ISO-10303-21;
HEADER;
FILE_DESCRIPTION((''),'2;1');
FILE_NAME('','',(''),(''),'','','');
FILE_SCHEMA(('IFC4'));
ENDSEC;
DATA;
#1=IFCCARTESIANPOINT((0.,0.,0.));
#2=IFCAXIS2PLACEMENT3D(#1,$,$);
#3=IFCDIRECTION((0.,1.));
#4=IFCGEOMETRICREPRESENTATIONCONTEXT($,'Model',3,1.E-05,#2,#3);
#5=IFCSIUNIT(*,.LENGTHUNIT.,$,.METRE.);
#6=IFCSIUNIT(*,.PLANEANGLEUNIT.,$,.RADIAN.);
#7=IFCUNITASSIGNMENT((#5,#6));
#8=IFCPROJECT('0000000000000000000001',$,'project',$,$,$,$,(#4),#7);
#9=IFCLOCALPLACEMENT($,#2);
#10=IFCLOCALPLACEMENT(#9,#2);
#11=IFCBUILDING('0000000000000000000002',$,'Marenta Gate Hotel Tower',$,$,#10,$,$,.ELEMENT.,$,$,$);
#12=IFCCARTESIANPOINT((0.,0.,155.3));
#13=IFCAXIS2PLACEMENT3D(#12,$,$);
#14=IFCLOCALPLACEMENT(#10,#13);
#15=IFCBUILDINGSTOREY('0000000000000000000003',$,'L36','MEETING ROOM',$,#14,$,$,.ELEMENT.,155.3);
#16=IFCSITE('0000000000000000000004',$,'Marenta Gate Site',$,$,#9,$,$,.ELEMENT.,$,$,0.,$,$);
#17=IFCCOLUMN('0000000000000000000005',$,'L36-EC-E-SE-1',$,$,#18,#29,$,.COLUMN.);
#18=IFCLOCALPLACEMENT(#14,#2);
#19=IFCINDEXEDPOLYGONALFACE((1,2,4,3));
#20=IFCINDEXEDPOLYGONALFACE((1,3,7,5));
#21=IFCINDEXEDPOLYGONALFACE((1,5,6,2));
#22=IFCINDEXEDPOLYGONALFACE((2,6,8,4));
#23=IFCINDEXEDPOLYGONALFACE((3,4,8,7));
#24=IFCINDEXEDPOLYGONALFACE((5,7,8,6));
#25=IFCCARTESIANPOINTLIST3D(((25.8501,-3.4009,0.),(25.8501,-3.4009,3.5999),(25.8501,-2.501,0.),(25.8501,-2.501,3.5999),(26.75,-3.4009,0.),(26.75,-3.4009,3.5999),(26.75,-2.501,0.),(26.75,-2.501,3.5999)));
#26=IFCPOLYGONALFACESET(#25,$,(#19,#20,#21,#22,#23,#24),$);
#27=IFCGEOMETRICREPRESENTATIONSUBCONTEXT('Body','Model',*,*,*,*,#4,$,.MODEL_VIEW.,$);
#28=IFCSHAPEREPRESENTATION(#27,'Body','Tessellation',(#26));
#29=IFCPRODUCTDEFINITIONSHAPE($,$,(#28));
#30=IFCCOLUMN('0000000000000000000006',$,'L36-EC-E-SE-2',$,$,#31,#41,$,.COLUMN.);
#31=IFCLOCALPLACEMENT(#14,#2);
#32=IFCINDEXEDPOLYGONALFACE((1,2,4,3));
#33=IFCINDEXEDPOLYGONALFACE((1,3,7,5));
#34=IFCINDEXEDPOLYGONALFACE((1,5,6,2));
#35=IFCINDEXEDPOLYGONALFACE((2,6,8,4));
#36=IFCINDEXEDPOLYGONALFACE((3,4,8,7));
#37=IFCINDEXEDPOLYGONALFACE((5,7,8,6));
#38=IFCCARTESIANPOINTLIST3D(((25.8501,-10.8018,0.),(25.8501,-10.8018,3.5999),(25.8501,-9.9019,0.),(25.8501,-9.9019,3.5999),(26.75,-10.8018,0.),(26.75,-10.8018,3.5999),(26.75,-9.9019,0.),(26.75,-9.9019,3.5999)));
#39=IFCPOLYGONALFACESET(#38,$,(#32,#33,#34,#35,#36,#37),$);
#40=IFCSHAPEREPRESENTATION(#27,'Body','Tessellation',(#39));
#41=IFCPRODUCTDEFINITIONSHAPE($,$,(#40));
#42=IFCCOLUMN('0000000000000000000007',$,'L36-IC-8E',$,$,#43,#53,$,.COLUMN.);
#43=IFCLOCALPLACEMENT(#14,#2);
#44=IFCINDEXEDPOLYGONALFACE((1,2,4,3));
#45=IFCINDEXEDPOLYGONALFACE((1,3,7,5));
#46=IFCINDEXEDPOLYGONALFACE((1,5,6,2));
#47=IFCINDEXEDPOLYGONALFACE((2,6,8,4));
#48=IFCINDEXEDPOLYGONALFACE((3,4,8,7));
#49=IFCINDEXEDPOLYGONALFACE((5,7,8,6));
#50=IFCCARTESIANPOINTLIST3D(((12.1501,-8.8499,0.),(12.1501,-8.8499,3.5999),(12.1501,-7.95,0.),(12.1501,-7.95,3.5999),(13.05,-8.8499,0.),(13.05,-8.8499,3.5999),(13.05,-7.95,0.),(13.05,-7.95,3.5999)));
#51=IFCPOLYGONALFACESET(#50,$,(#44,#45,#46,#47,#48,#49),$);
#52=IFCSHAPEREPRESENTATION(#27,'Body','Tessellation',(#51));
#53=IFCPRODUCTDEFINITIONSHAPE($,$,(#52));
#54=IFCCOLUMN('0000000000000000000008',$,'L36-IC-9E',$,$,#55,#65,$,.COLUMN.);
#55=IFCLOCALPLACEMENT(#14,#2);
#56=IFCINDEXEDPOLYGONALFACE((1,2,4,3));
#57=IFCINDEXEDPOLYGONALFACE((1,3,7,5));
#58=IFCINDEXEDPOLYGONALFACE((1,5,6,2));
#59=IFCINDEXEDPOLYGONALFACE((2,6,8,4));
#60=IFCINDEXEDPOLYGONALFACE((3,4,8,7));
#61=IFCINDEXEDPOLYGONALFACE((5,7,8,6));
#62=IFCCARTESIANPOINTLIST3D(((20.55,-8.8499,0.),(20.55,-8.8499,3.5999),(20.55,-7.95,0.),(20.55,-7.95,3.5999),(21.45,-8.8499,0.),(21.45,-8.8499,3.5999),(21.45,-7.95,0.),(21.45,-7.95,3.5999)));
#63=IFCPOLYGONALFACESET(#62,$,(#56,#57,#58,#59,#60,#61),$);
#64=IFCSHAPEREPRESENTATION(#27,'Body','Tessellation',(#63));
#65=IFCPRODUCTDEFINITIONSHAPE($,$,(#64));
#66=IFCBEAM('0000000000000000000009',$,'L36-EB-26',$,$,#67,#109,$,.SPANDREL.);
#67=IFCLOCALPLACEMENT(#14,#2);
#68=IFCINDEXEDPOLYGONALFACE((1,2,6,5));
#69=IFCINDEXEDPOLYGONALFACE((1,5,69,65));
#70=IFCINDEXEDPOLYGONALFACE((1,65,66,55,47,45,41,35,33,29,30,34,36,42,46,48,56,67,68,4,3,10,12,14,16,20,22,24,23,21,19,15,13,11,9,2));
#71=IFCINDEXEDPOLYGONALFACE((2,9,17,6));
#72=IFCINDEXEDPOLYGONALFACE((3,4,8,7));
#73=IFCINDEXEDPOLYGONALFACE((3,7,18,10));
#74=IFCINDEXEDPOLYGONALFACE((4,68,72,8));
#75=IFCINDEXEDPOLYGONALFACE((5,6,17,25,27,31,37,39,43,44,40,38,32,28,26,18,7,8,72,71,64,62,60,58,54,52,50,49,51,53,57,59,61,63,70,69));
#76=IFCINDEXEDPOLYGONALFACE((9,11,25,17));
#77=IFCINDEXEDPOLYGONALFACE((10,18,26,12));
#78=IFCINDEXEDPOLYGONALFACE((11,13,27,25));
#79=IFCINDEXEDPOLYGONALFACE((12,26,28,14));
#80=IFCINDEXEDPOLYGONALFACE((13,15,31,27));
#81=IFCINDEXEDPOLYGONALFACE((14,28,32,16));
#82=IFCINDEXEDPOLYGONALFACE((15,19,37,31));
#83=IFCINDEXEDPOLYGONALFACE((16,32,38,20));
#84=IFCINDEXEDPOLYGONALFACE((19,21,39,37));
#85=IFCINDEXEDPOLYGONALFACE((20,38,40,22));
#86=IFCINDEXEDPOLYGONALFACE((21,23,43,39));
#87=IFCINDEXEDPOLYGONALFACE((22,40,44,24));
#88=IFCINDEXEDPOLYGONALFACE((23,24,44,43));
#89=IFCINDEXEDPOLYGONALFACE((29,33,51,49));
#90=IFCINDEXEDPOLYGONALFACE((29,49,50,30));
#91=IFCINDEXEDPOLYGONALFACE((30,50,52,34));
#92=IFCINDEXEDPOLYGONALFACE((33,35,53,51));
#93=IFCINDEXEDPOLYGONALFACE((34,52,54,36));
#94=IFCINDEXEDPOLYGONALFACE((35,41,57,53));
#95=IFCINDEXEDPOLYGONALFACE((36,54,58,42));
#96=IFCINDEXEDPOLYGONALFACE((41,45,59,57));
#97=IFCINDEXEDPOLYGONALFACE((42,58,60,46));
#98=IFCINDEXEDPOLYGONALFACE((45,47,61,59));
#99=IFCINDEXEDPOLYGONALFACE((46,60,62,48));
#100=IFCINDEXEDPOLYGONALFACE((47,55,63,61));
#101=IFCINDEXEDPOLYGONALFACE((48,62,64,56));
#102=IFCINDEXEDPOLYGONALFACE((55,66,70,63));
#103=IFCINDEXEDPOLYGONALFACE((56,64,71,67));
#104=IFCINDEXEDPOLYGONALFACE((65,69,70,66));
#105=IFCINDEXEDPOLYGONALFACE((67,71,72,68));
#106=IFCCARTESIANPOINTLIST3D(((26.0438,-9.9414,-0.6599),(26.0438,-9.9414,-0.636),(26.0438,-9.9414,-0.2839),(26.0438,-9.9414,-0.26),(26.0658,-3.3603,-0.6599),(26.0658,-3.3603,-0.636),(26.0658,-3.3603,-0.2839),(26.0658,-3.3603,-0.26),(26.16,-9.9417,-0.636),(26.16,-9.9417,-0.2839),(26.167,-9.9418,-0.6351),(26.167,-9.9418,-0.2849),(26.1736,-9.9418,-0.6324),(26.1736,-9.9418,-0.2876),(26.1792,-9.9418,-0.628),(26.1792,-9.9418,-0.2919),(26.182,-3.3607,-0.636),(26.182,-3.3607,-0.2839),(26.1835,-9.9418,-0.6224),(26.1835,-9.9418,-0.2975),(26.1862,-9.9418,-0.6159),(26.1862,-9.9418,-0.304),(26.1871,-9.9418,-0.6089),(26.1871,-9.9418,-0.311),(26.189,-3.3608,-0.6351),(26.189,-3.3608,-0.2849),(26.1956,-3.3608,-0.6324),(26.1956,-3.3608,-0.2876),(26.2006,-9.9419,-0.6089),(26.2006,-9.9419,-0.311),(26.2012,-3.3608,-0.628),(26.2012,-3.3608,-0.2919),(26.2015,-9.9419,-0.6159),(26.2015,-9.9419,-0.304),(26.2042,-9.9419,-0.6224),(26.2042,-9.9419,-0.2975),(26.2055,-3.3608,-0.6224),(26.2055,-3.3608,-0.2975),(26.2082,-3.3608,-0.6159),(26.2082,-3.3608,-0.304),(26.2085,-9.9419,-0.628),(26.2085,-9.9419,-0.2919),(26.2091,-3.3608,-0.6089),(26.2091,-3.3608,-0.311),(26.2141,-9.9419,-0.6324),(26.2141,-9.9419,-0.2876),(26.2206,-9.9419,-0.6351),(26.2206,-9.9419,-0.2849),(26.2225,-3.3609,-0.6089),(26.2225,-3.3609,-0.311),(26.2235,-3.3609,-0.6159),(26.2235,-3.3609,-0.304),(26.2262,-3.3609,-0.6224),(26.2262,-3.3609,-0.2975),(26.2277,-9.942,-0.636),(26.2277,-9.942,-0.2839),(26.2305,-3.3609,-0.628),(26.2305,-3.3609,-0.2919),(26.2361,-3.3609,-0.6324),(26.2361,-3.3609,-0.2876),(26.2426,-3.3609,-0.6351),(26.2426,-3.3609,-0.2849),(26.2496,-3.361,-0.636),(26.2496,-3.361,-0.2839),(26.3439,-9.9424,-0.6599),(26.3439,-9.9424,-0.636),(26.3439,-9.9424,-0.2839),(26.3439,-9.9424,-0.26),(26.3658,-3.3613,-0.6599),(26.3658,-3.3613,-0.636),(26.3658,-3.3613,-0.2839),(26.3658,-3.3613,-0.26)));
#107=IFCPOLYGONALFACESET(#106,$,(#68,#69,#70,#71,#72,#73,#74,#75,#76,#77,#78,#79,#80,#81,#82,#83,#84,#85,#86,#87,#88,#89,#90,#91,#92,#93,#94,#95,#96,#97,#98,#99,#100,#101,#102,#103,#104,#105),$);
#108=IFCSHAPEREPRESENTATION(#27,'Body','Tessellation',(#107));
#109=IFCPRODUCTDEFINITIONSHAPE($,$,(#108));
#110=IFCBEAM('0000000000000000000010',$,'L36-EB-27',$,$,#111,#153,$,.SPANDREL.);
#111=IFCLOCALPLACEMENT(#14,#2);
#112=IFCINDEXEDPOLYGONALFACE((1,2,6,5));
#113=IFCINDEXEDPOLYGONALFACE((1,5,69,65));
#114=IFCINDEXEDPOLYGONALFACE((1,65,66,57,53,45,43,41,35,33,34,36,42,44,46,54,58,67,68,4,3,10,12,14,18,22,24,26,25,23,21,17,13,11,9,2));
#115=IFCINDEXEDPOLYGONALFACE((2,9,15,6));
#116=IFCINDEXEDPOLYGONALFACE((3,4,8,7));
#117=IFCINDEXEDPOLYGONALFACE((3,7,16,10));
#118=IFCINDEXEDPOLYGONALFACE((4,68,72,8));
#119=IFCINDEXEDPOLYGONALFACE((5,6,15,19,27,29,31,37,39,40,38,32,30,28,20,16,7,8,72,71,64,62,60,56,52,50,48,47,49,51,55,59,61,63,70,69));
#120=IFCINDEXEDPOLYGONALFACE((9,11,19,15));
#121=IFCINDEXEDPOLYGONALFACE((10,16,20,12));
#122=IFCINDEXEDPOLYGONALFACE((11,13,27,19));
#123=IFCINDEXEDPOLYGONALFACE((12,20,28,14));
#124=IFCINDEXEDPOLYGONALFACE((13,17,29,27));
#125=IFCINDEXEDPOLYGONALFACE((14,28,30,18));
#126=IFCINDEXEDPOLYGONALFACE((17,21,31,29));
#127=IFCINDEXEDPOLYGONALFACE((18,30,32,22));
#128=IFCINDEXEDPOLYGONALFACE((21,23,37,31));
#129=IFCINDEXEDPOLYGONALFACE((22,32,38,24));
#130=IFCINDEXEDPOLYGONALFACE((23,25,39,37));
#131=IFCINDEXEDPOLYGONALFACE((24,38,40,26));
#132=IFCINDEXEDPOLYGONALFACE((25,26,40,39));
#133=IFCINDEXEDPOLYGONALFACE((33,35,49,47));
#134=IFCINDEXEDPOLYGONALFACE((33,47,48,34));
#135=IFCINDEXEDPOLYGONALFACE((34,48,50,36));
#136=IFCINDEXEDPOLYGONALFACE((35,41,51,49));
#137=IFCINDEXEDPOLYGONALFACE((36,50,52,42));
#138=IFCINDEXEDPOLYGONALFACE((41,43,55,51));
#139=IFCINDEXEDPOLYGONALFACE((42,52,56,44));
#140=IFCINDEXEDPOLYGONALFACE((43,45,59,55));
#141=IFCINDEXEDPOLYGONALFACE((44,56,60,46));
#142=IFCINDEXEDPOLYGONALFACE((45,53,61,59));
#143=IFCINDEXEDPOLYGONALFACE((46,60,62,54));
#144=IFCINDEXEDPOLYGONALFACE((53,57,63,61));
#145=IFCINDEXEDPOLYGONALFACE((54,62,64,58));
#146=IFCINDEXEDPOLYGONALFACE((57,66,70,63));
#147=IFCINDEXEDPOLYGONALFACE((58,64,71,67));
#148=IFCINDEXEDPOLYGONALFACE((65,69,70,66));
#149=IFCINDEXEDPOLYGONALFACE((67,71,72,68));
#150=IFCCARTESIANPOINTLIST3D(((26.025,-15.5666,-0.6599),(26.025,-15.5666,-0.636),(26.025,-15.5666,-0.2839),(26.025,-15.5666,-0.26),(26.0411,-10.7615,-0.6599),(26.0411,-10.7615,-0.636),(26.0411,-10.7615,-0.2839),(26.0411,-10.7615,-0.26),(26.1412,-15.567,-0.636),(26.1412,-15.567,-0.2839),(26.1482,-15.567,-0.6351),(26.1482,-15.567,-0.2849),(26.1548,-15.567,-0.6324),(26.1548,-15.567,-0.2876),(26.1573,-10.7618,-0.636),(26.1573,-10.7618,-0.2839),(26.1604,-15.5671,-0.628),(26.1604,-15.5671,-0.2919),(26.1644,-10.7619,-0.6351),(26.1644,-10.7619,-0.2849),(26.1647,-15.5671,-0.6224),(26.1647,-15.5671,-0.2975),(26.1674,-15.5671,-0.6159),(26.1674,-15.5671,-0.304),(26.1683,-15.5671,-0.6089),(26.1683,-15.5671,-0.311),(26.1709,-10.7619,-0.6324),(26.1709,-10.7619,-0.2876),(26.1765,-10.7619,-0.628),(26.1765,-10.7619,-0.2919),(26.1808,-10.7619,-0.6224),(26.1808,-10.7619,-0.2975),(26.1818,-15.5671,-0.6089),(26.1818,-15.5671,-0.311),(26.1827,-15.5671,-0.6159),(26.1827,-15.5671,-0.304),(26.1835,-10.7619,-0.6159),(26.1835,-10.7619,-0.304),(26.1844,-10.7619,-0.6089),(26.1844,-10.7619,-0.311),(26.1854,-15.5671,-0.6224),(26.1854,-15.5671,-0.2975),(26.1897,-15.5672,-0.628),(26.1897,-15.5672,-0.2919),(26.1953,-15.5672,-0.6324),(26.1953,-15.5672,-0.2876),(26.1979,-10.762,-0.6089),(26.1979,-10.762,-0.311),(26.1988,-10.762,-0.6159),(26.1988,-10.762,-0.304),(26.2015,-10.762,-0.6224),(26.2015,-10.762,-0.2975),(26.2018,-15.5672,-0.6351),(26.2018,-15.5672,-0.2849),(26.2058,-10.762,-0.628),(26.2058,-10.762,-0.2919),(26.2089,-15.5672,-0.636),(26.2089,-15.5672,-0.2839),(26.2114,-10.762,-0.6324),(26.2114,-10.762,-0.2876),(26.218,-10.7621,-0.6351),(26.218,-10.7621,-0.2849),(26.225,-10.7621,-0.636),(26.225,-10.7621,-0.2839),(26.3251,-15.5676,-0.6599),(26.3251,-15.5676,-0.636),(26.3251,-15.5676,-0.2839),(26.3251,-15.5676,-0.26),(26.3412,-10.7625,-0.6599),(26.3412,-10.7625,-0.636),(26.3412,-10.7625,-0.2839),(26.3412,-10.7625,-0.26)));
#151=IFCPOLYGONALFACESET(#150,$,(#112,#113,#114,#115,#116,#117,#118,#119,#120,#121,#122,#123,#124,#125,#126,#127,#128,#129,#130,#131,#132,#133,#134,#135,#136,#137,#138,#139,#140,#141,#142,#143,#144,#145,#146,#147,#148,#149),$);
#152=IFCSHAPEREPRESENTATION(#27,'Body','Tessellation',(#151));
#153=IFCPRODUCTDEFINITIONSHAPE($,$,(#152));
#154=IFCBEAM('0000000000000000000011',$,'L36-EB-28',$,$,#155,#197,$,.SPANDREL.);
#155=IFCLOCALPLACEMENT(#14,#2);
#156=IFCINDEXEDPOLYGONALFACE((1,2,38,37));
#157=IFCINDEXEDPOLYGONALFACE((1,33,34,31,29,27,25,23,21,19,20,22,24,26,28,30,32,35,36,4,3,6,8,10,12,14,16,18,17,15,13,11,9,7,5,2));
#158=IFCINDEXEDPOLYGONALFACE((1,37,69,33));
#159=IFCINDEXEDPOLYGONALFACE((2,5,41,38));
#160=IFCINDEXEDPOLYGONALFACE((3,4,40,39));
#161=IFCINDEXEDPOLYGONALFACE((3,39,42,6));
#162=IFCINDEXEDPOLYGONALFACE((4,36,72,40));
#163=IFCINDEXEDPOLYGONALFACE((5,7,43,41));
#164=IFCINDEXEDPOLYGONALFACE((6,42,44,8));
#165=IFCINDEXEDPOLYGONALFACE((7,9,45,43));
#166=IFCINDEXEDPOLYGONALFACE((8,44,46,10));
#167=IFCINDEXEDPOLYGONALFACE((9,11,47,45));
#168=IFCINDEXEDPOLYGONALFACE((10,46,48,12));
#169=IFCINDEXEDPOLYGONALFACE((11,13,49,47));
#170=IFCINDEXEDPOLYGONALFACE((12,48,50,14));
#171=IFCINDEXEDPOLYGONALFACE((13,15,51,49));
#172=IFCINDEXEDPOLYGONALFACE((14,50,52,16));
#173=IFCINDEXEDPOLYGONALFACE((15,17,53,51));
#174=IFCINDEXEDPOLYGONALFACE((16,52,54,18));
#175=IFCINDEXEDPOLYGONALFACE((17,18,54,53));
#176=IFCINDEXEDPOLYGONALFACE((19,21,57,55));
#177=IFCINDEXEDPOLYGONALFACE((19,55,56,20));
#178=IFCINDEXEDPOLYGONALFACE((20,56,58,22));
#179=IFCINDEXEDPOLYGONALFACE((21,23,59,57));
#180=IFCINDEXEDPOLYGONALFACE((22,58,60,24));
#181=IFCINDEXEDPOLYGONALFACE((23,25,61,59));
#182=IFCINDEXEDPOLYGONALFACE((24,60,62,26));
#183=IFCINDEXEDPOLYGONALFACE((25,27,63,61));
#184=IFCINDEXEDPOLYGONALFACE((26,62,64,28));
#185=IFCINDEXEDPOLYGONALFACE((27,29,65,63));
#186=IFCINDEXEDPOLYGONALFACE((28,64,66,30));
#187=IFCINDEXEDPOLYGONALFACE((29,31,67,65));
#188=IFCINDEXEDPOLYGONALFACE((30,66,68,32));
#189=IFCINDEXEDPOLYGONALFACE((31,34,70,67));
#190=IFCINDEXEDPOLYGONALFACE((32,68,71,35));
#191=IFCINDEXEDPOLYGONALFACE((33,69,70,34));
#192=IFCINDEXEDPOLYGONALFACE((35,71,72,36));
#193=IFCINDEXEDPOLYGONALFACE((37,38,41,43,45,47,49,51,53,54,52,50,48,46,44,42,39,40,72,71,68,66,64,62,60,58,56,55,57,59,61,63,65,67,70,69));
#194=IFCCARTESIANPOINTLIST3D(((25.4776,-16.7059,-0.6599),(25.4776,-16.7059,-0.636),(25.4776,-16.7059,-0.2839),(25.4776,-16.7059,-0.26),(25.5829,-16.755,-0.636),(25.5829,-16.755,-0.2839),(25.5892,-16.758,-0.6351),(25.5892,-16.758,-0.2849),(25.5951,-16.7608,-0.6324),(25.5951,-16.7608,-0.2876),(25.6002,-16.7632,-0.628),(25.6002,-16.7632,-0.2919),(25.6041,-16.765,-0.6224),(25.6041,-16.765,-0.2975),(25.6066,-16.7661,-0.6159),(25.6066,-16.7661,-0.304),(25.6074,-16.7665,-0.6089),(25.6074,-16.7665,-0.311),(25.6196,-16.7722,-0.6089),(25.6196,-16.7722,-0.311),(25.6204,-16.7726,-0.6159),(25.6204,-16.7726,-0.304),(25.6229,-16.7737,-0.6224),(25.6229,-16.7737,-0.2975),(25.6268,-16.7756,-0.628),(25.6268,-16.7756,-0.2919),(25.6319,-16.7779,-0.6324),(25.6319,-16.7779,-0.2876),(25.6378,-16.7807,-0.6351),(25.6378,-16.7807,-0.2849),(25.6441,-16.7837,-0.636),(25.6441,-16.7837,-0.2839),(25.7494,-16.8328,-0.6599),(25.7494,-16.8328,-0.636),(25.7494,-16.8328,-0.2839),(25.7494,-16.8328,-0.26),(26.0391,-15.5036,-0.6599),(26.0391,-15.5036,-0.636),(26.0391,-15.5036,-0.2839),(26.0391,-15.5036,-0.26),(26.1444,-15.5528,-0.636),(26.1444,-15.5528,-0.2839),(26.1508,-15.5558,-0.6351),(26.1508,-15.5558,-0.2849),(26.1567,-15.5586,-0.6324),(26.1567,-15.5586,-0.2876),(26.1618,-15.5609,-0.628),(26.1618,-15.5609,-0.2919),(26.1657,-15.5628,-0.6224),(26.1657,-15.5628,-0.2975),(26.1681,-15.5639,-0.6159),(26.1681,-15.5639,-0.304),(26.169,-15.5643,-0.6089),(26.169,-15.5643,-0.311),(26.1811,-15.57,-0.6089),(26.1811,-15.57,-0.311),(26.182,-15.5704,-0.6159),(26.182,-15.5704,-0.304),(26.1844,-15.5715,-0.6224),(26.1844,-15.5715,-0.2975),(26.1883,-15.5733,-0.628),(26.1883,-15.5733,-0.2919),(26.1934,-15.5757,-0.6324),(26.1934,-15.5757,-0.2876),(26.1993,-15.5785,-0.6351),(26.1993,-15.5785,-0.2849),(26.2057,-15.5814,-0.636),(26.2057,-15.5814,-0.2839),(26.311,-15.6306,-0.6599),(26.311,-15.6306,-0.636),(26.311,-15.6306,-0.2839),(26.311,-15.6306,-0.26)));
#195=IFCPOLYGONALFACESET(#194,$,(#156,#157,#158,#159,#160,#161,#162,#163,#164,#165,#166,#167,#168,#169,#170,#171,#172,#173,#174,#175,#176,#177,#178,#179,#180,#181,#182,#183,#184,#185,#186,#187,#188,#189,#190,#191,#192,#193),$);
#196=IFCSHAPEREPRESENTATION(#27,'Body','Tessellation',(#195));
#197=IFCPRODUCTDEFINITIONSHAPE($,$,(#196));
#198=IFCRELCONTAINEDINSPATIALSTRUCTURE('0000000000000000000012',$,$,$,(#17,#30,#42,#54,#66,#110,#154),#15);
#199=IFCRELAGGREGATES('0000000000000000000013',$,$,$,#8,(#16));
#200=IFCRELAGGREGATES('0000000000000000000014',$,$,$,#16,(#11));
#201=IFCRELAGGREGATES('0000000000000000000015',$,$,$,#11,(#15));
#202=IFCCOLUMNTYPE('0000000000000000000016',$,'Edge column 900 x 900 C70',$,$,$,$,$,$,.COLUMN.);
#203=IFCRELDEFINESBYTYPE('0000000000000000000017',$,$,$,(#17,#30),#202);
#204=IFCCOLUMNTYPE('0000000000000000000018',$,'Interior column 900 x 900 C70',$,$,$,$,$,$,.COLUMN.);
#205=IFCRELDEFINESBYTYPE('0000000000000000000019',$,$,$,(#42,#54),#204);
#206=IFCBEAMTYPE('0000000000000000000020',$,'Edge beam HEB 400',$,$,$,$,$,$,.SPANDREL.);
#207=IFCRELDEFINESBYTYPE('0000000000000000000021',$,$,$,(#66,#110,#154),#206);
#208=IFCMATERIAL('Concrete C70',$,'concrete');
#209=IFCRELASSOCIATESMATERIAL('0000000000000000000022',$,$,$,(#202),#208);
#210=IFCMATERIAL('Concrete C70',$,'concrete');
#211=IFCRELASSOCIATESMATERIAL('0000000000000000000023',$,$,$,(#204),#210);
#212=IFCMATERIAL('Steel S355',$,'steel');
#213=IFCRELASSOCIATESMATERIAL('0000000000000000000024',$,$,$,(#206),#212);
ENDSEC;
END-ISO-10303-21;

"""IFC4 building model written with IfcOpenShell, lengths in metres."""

from ifc_helpers import new_model, si_unit, direction, frame, origin, origin_2d, place, context, subcontext, project, spatial, rectangle, i_section, extrude, material, material_profile, profile_set, type_object, element, save


model = new_model("IFC4")

# Units and contexts
model_context = context("Model", 3, precision=1e-05, world=origin(), true_north=direction((0.0, 1.0)))
body_context = subcontext(model_context, "Body", "Model", "MODEL_VIEW")
ifc_project = project(units=[si_unit("LENGTHUNIT", "METRE"), si_unit("PLANEANGLEUNIT", "RADIAN")], contexts=[model_context])

# Site, building, storey
site_placement = place(None, origin())
site = spatial("IfcSite", under=ifc_project, at=site_placement, Name="Marenta Gate Site", CompositionType="ELEMENT", RefElevation=0.0)
building_placement = place(site_placement, origin())
building = spatial("IfcBuilding", under=site, at=building_placement, Name="Marenta Gate Hotel Tower", CompositionType="ELEMENT")
storey_placement = place(building_placement, frame((0.0, 0.0, 155.3)))
storey = spatial("IfcBuildingStorey", under=building, at=storey_placement, Name="L36", Description="MEETING ROOM", CompositionType="ELEMENT", Elevation=155.3)

# Columns
ifc_material_1 = material(Name="Concrete C70", Category="concrete")
ifc_material_profile_1 = material_profile(ifc_material_1, rectangle(XDim=0.8999, YDim=0.8999, at=origin_2d()), Name="900 x 900")
ifc_profile_set_1 = profile_set([ifc_material_profile_1], Name="Concrete C70")
column_type_1 = type_object("IfcColumnType", Name="Edge column 900 x 900 C70", PredefinedType="COLUMN", material=ifc_profile_set_1)
for number, where, z_axis, x_axis, name in (
    (1, (26.3, -2.9509, 0.0), (0.0, 0.0, 1.0), (1.0, 0.0, 0.0), "L36-EC-E-SE-1"),
    (2, (26.3, -10.3518, 0.0), (0.0, 0.0, 1.0), (1.0, 0.0, 0.0), "L36-EC-E-SE-2"),
):
    element("IfcColumn", number, at=place(storey_placement, frame(where, z_axis=z_axis, x_axis=x_axis)), inside=storey, type_object=column_type_1, Name=name, PredefinedType="COLUMN", context=body_context, shape_type="SweptSolid", body=[
        extrude(rectangle(XDim=0.8999, YDim=0.8999, at=origin_2d()), origin(), (0.0, 0.0, 1.0), 3.5999),
    ])
ifc_material_2 = material(Name="Concrete C70", Category="concrete")
ifc_material_profile_2 = material_profile(ifc_material_2, rectangle(XDim=0.8999, YDim=0.8999, at=origin_2d()), Name="900 x 900")
ifc_profile_set_2 = profile_set([ifc_material_profile_2], Name="Concrete C70")
column_type_2 = type_object("IfcColumnType", Name="Interior column 900 x 900 C70", PredefinedType="COLUMN", material=ifc_profile_set_2)
for number, where, z_axis, x_axis, name in (
    (3, (12.6001, -8.3999, 0.0), (0.0, 0.0, 1.0), (1.0, 0.0, 0.0), "L36-IC-8E"),
    (4, (21.0, -8.3999, 0.0), (0.0, 0.0, 1.0), (1.0, 0.0, 0.0), "L36-IC-9E"),
):
    element("IfcColumn", number, at=place(storey_placement, frame(where, z_axis=z_axis, x_axis=x_axis)), inside=storey, type_object=column_type_2, Name=name, PredefinedType="COLUMN", context=body_context, shape_type="SweptSolid", body=[
        extrude(rectangle(XDim=0.8999, YDim=0.8999, at=origin_2d()), origin(), (0.0, 0.0, 1.0), 3.5999),
    ])

# Beams
ifc_material_3 = material(Name="Steel S355", Category="steel")
ifc_material_profile_3 = material_profile(ifc_material_3, i_section(OverallWidth=0.3, OverallDepth=0.3999, WebThickness=0.0134, FlangeThickness=0.0239, FilletRadius=0.0271, at=origin_2d()), Name="HEB 400")
ifc_profile_set_3 = profile_set([ifc_material_profile_3], Name="Steel S355")
beam_type_1 = type_object("IfcBeamType", Name="Edge beam HEB 400", PredefinedType="SPANDREL", material=ifc_profile_set_3)
beam_1_placement = place(storey_placement, frame((26.2158, -3.3608, -0.46), z_axis=(-0.003339, -0.999994, 0.0), x_axis=(0.999994, -0.003339, 0.0)))
element("IfcBeam", 5, at=beam_1_placement, inside=storey, type_object=beam_type_1, Name="L36-EB-26", PredefinedType="SPANDREL", context=body_context, shape_type="SweptSolid", body=[
    extrude(i_section(OverallWidth=0.3, OverallDepth=0.3999, WebThickness=0.0134, FlangeThickness=0.0239, FilletRadius=0.0271, at=origin_2d()), origin(), (0.0, 0.0, 1.0), 6.5811),
])
beam_2_placement = place(storey_placement, frame((26.1912, -10.762, -0.46), z_axis=(-0.003353, -0.999994, 0.0), x_axis=(0.999994, -0.003353, 0.0)))
element("IfcBeam", 6, at=beam_2_placement, inside=storey, type_object=beam_type_1, Name="L36-EB-27", PredefinedType="SPANDREL", context=body_context, shape_type="SweptSolid", body=[
    extrude(i_section(OverallWidth=0.3, OverallDepth=0.3999, WebThickness=0.0134, FlangeThickness=0.0239, FilletRadius=0.0271, at=origin_2d()), origin(), (0.0, 0.0, 1.0), 4.8052),
])
beam_3_placement = place(storey_placement, frame((26.175, -15.5671, -0.46), z_axis=(-0.423208, -0.906033, 0.0), x_axis=(0.906033, -0.423208, 0.0)))
element("IfcBeam", 7, at=beam_3_placement, inside=storey, type_object=beam_type_1, Name="L36-EB-28", PredefinedType="SPANDREL", context=body_context, shape_type="SweptSolid", body=[
    extrude(i_section(OverallWidth=0.3, OverallDepth=0.3999, WebThickness=0.0134, FlangeThickness=0.0239, FilletRadius=0.0271, at=origin_2d()), origin(), (0.0, 0.0, 1.0), 1.3269),
])

save(model, "model.ifc")
